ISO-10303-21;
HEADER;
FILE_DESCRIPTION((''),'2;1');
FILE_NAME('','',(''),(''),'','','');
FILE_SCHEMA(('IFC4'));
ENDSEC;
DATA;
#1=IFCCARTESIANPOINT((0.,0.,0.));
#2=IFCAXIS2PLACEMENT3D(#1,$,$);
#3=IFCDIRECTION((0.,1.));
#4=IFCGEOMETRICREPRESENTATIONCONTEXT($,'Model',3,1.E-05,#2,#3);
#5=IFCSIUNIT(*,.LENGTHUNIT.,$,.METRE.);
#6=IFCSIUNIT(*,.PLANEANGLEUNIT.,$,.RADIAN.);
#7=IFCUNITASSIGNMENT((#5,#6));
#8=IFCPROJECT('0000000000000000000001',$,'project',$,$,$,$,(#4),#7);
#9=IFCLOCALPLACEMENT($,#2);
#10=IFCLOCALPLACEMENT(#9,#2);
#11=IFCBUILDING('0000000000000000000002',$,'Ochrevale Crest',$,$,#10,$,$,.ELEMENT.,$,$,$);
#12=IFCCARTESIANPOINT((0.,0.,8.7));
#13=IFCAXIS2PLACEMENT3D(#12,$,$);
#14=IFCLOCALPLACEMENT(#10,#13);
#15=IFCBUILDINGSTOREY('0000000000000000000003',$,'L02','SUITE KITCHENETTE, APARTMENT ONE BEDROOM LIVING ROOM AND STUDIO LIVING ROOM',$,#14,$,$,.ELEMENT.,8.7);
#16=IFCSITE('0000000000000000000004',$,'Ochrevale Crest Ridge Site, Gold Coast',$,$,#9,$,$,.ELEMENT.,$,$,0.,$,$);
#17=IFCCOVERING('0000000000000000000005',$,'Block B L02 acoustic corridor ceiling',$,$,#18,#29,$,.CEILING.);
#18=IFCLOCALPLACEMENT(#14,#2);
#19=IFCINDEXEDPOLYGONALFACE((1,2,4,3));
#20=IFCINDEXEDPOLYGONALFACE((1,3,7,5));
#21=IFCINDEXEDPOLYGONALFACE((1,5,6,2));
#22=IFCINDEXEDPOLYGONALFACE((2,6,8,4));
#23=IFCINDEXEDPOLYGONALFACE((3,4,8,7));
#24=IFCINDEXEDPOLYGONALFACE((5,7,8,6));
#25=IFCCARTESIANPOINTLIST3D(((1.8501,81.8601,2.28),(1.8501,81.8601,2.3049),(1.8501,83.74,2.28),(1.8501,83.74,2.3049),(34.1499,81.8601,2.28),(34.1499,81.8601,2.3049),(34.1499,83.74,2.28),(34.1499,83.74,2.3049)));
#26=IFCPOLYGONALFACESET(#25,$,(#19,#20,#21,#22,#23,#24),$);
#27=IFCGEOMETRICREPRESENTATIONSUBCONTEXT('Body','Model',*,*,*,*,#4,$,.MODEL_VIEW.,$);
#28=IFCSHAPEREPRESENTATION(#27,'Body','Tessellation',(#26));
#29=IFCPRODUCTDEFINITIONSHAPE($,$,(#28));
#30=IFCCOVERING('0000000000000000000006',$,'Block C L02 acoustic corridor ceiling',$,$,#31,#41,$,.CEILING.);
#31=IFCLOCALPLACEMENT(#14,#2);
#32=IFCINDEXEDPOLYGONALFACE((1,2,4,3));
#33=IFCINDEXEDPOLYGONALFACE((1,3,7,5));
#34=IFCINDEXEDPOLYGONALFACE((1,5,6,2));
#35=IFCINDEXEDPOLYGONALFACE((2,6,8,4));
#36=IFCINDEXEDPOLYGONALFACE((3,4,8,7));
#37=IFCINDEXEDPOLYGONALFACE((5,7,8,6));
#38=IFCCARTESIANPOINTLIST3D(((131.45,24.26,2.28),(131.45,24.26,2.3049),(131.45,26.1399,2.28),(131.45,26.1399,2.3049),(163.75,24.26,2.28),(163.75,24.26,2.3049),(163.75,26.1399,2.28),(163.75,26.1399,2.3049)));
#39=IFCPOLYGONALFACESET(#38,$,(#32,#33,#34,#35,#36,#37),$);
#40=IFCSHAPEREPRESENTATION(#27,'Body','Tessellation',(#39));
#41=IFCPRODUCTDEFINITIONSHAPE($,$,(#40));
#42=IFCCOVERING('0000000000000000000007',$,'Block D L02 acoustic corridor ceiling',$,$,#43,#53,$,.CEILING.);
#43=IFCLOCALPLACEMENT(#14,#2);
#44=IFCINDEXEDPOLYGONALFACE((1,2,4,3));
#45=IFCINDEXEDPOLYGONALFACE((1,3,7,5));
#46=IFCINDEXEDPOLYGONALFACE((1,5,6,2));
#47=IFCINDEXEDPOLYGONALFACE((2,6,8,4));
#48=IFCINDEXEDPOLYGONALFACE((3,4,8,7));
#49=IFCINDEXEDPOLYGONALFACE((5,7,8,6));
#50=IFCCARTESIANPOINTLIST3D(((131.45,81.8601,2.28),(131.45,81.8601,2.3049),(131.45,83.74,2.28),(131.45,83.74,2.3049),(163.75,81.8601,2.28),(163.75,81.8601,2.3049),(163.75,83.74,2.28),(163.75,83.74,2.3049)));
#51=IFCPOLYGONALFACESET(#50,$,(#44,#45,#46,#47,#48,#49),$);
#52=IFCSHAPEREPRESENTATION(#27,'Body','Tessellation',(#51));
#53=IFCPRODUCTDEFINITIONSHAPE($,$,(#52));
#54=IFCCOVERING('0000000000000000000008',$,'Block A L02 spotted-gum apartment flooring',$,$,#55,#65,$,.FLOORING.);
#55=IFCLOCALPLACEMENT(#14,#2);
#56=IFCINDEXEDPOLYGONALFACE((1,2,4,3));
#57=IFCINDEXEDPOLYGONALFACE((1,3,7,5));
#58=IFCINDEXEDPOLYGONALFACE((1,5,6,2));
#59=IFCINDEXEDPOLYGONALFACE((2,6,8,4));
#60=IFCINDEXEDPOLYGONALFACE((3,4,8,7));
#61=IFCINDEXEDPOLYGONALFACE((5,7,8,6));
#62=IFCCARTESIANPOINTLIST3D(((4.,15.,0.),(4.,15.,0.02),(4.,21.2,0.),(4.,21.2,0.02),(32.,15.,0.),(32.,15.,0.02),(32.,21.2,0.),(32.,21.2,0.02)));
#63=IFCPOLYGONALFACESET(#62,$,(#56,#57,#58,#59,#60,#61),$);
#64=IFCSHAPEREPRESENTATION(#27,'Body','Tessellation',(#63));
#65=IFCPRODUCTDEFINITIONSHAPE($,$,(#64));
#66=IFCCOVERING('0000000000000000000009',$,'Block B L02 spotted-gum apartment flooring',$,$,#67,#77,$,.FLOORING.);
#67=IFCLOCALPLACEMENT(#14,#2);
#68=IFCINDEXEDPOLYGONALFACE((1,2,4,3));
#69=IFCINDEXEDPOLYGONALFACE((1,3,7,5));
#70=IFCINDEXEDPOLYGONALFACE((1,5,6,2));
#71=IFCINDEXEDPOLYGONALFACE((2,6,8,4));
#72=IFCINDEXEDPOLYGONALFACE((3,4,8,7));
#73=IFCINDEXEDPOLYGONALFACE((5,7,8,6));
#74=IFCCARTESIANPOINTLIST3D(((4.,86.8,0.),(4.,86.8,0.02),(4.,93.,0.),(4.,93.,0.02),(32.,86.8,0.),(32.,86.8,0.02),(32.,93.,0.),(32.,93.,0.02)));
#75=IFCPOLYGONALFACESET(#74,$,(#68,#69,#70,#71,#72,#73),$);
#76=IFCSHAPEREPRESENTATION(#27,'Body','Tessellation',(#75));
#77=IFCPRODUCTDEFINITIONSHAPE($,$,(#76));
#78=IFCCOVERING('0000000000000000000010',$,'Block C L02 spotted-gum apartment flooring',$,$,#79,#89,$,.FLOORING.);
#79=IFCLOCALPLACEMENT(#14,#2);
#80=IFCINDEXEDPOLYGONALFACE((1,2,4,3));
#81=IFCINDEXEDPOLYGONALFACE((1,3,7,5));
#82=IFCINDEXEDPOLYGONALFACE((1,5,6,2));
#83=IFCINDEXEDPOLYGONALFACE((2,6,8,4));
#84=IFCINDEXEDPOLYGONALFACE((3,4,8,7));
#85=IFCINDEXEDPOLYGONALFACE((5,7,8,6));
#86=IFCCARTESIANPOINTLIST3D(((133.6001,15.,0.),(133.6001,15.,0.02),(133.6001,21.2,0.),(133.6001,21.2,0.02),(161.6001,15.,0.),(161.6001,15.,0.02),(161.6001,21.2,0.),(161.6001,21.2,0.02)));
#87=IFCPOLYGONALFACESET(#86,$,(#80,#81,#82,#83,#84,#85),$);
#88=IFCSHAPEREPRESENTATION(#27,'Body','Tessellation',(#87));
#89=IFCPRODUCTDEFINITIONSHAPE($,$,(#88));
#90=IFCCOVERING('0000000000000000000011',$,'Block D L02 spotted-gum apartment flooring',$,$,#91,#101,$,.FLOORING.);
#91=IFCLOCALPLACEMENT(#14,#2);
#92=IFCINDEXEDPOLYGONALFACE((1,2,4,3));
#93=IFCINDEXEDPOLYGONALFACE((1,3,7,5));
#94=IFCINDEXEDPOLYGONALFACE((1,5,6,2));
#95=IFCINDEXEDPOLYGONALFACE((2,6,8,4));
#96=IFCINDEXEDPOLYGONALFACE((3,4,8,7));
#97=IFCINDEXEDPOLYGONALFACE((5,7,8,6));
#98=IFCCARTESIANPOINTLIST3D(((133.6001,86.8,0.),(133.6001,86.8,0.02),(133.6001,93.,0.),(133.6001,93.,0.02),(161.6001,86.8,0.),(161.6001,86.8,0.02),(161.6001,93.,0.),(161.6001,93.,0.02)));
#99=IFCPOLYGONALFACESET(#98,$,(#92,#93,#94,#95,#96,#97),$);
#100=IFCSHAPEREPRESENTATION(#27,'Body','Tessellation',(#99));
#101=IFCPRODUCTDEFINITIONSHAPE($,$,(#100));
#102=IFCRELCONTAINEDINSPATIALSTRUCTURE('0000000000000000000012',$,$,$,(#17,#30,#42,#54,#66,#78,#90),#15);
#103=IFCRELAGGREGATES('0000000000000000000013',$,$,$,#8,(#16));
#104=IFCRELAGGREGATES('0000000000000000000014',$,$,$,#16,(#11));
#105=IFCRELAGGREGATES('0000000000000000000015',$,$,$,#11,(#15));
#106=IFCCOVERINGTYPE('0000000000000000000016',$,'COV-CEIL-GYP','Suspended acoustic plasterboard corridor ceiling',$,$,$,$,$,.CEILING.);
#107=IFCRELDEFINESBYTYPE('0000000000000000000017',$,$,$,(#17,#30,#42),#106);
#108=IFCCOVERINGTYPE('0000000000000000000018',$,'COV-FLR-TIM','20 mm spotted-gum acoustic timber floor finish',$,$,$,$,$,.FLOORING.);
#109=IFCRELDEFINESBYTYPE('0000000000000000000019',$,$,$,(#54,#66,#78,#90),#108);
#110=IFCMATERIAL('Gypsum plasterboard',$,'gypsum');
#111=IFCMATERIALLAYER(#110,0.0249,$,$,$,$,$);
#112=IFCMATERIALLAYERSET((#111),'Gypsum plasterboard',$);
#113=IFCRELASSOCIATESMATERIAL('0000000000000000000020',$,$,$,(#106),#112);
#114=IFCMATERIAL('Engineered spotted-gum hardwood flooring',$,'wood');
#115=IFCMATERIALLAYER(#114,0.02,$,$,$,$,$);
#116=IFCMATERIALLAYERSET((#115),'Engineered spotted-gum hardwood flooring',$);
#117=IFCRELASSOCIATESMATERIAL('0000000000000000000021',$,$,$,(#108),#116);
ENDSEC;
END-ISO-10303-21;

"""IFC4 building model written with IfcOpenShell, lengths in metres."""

from ifc_helpers import new_model, si_unit, direction, frame, origin, place, context, subcontext, project, spatial, polyline, outline, extrude, material, layer, layer_set, type_object, element, save


model = new_model("IFC4")

# Units and contexts
model_context = context("Model", 3, precision=1e-05, world=origin(), true_north=direction((0.0, 1.0)))
body_context = subcontext(model_context, "Body", "Model", "MODEL_VIEW")
ifc_project = project(units=[si_unit("LENGTHUNIT", "METRE"), si_unit("PLANEANGLEUNIT", "RADIAN")], contexts=[model_context])

# Site, building, storey
site_placement = place(None, origin())
site = spatial("IfcSite", under=ifc_project, at=site_placement, Name="Ochrevale Crest Ridge Site, Gold Coast", CompositionType="ELEMENT", RefElevation=0.0)
building_placement = place(site_placement, origin())
building = spatial("IfcBuilding", under=site, at=building_placement, Name="Ochrevale Crest", CompositionType="ELEMENT")
storey_placement = place(building_placement, frame((0.0, 0.0, 8.7)))
storey = spatial("IfcBuildingStorey", under=building, at=storey_placement, Name="L02", Description="SUITE KITCHENETTE, APARTMENT ONE BEDROOM LIVING ROOM AND STUDIO LIVING ROOM", CompositionType="ELEMENT", Elevation=8.7)

# Coverings
ifc_material_1 = material(Name="Gypsum plasterboard", Category="gypsum")
ifc_layer_1 = layer(ifc_material_1, 0.0249)
ifc_layer_set_1 = layer_set([ifc_layer_1], Name="Gypsum plasterboard")
covering_type_1 = type_object("IfcCoveringType", Name="COV-CEIL-GYP", Description="Suspended acoustic plasterboard corridor ceiling", PredefinedType="CEILING", material=ifc_layer_set_1)
covering_1_placement = place(storey_placement, frame((0.0, 0.0, 2.28)))
element("IfcCovering", 1, at=covering_1_placement, inside=storey, type_object=covering_type_1, Name="Block B L02 acoustic corridor ceiling", PredefinedType="CEILING", context=body_context, shape_type="SweptSolid", body=[
    extrude(outline(polyline([(1.8501, 81.8601), (34.1499, 81.8601), (34.1499, 83.74), (1.8501, 83.74), (1.8501, 81.8601)])), origin(), (0.0, 0.0, 1.0), 0.0249),
])
covering_2_placement = place(storey_placement, frame((0.0, 0.0, 2.28)))
element("IfcCovering", 2, at=covering_2_placement, inside=storey, type_object=covering_type_1, Name="Block C L02 acoustic corridor ceiling", PredefinedType="CEILING", context=body_context, shape_type="SweptSolid", body=[
    extrude(outline(polyline([(131.45, 24.26), (163.75, 24.26), (163.75, 26.1399), (131.45, 26.1399), (131.45, 24.26)])), origin(), (0.0, 0.0, 1.0), 0.0249),
])
covering_3_placement = place(storey_placement, frame((0.0, 0.0, 2.28)))
element("IfcCovering", 3, at=covering_3_placement, inside=storey, type_object=covering_type_1, Name="Block D L02 acoustic corridor ceiling", PredefinedType="CEILING", context=body_context, shape_type="SweptSolid", body=[
    extrude(outline(polyline([(131.45, 81.8601), (163.75, 81.8601), (163.75, 83.74), (131.45, 83.74), (131.45, 81.8601)])), origin(), (0.0, 0.0, 1.0), 0.0249),
])
ifc_material_2 = material(Name="Engineered spotted-gum hardwood flooring", Category="wood")
ifc_layer_2 = layer(ifc_material_2, 0.02)
ifc_layer_set_2 = layer_set([ifc_layer_2], Name="Engineered spotted-gum hardwood flooring")
covering_type_2 = type_object("IfcCoveringType", Name="COV-FLR-TIM", Description="20 mm spotted-gum acoustic timber floor finish", PredefinedType="FLOORING", material=ifc_layer_set_2)
covering_4_placement = place(storey_placement, origin())
element("IfcCovering", 4, at=covering_4_placement, inside=storey, type_object=covering_type_2, Name="Block A L02 spotted-gum apartment flooring", PredefinedType="FLOORING", context=body_context, shape_type="SweptSolid", body=[
    extrude(outline(polyline([(4.0, 15.0), (32.0, 15.0), (32.0, 21.2), (4.0, 21.2), (4.0, 15.0)])), origin(), (0.0, 0.0, 1.0), 0.02),
])
covering_5_placement = place(storey_placement, origin())
element("IfcCovering", 5, at=covering_5_placement, inside=storey, type_object=covering_type_2, Name="Block B L02 spotted-gum apartment flooring", PredefinedType="FLOORING", context=body_context, shape_type="SweptSolid", body=[
    extrude(outline(polyline([(4.0, 86.8), (32.0, 86.8), (32.0, 93.0), (4.0, 93.0), (4.0, 86.8)])), origin(), (0.0, 0.0, 1.0), 0.02),
])
covering_6_placement = place(storey_placement, origin())
element("IfcCovering", 6, at=covering_6_placement, inside=storey, type_object=covering_type_2, Name="Block C L02 spotted-gum apartment flooring", PredefinedType="FLOORING", context=body_context, shape_type="SweptSolid", body=[
    extrude(outline(polyline([(133.6001, 15.0), (161.6001, 15.0), (161.6001, 21.2), (133.6001, 21.2), (133.6001, 15.0)])), origin(), (0.0, 0.0, 1.0), 0.02),
])
covering_7_placement = place(storey_placement, origin())
element("IfcCovering", 7, at=covering_7_placement, inside=storey, type_object=covering_type_2, Name="Block D L02 spotted-gum apartment flooring", PredefinedType="FLOORING", context=body_context, shape_type="SweptSolid", body=[
    extrude(outline(polyline([(133.6001, 86.8), (161.6001, 86.8), (161.6001, 93.0), (133.6001, 93.0), (133.6001, 86.8)])), origin(), (0.0, 0.0, 1.0), 0.02),
])

save(model, "model.ifc")
